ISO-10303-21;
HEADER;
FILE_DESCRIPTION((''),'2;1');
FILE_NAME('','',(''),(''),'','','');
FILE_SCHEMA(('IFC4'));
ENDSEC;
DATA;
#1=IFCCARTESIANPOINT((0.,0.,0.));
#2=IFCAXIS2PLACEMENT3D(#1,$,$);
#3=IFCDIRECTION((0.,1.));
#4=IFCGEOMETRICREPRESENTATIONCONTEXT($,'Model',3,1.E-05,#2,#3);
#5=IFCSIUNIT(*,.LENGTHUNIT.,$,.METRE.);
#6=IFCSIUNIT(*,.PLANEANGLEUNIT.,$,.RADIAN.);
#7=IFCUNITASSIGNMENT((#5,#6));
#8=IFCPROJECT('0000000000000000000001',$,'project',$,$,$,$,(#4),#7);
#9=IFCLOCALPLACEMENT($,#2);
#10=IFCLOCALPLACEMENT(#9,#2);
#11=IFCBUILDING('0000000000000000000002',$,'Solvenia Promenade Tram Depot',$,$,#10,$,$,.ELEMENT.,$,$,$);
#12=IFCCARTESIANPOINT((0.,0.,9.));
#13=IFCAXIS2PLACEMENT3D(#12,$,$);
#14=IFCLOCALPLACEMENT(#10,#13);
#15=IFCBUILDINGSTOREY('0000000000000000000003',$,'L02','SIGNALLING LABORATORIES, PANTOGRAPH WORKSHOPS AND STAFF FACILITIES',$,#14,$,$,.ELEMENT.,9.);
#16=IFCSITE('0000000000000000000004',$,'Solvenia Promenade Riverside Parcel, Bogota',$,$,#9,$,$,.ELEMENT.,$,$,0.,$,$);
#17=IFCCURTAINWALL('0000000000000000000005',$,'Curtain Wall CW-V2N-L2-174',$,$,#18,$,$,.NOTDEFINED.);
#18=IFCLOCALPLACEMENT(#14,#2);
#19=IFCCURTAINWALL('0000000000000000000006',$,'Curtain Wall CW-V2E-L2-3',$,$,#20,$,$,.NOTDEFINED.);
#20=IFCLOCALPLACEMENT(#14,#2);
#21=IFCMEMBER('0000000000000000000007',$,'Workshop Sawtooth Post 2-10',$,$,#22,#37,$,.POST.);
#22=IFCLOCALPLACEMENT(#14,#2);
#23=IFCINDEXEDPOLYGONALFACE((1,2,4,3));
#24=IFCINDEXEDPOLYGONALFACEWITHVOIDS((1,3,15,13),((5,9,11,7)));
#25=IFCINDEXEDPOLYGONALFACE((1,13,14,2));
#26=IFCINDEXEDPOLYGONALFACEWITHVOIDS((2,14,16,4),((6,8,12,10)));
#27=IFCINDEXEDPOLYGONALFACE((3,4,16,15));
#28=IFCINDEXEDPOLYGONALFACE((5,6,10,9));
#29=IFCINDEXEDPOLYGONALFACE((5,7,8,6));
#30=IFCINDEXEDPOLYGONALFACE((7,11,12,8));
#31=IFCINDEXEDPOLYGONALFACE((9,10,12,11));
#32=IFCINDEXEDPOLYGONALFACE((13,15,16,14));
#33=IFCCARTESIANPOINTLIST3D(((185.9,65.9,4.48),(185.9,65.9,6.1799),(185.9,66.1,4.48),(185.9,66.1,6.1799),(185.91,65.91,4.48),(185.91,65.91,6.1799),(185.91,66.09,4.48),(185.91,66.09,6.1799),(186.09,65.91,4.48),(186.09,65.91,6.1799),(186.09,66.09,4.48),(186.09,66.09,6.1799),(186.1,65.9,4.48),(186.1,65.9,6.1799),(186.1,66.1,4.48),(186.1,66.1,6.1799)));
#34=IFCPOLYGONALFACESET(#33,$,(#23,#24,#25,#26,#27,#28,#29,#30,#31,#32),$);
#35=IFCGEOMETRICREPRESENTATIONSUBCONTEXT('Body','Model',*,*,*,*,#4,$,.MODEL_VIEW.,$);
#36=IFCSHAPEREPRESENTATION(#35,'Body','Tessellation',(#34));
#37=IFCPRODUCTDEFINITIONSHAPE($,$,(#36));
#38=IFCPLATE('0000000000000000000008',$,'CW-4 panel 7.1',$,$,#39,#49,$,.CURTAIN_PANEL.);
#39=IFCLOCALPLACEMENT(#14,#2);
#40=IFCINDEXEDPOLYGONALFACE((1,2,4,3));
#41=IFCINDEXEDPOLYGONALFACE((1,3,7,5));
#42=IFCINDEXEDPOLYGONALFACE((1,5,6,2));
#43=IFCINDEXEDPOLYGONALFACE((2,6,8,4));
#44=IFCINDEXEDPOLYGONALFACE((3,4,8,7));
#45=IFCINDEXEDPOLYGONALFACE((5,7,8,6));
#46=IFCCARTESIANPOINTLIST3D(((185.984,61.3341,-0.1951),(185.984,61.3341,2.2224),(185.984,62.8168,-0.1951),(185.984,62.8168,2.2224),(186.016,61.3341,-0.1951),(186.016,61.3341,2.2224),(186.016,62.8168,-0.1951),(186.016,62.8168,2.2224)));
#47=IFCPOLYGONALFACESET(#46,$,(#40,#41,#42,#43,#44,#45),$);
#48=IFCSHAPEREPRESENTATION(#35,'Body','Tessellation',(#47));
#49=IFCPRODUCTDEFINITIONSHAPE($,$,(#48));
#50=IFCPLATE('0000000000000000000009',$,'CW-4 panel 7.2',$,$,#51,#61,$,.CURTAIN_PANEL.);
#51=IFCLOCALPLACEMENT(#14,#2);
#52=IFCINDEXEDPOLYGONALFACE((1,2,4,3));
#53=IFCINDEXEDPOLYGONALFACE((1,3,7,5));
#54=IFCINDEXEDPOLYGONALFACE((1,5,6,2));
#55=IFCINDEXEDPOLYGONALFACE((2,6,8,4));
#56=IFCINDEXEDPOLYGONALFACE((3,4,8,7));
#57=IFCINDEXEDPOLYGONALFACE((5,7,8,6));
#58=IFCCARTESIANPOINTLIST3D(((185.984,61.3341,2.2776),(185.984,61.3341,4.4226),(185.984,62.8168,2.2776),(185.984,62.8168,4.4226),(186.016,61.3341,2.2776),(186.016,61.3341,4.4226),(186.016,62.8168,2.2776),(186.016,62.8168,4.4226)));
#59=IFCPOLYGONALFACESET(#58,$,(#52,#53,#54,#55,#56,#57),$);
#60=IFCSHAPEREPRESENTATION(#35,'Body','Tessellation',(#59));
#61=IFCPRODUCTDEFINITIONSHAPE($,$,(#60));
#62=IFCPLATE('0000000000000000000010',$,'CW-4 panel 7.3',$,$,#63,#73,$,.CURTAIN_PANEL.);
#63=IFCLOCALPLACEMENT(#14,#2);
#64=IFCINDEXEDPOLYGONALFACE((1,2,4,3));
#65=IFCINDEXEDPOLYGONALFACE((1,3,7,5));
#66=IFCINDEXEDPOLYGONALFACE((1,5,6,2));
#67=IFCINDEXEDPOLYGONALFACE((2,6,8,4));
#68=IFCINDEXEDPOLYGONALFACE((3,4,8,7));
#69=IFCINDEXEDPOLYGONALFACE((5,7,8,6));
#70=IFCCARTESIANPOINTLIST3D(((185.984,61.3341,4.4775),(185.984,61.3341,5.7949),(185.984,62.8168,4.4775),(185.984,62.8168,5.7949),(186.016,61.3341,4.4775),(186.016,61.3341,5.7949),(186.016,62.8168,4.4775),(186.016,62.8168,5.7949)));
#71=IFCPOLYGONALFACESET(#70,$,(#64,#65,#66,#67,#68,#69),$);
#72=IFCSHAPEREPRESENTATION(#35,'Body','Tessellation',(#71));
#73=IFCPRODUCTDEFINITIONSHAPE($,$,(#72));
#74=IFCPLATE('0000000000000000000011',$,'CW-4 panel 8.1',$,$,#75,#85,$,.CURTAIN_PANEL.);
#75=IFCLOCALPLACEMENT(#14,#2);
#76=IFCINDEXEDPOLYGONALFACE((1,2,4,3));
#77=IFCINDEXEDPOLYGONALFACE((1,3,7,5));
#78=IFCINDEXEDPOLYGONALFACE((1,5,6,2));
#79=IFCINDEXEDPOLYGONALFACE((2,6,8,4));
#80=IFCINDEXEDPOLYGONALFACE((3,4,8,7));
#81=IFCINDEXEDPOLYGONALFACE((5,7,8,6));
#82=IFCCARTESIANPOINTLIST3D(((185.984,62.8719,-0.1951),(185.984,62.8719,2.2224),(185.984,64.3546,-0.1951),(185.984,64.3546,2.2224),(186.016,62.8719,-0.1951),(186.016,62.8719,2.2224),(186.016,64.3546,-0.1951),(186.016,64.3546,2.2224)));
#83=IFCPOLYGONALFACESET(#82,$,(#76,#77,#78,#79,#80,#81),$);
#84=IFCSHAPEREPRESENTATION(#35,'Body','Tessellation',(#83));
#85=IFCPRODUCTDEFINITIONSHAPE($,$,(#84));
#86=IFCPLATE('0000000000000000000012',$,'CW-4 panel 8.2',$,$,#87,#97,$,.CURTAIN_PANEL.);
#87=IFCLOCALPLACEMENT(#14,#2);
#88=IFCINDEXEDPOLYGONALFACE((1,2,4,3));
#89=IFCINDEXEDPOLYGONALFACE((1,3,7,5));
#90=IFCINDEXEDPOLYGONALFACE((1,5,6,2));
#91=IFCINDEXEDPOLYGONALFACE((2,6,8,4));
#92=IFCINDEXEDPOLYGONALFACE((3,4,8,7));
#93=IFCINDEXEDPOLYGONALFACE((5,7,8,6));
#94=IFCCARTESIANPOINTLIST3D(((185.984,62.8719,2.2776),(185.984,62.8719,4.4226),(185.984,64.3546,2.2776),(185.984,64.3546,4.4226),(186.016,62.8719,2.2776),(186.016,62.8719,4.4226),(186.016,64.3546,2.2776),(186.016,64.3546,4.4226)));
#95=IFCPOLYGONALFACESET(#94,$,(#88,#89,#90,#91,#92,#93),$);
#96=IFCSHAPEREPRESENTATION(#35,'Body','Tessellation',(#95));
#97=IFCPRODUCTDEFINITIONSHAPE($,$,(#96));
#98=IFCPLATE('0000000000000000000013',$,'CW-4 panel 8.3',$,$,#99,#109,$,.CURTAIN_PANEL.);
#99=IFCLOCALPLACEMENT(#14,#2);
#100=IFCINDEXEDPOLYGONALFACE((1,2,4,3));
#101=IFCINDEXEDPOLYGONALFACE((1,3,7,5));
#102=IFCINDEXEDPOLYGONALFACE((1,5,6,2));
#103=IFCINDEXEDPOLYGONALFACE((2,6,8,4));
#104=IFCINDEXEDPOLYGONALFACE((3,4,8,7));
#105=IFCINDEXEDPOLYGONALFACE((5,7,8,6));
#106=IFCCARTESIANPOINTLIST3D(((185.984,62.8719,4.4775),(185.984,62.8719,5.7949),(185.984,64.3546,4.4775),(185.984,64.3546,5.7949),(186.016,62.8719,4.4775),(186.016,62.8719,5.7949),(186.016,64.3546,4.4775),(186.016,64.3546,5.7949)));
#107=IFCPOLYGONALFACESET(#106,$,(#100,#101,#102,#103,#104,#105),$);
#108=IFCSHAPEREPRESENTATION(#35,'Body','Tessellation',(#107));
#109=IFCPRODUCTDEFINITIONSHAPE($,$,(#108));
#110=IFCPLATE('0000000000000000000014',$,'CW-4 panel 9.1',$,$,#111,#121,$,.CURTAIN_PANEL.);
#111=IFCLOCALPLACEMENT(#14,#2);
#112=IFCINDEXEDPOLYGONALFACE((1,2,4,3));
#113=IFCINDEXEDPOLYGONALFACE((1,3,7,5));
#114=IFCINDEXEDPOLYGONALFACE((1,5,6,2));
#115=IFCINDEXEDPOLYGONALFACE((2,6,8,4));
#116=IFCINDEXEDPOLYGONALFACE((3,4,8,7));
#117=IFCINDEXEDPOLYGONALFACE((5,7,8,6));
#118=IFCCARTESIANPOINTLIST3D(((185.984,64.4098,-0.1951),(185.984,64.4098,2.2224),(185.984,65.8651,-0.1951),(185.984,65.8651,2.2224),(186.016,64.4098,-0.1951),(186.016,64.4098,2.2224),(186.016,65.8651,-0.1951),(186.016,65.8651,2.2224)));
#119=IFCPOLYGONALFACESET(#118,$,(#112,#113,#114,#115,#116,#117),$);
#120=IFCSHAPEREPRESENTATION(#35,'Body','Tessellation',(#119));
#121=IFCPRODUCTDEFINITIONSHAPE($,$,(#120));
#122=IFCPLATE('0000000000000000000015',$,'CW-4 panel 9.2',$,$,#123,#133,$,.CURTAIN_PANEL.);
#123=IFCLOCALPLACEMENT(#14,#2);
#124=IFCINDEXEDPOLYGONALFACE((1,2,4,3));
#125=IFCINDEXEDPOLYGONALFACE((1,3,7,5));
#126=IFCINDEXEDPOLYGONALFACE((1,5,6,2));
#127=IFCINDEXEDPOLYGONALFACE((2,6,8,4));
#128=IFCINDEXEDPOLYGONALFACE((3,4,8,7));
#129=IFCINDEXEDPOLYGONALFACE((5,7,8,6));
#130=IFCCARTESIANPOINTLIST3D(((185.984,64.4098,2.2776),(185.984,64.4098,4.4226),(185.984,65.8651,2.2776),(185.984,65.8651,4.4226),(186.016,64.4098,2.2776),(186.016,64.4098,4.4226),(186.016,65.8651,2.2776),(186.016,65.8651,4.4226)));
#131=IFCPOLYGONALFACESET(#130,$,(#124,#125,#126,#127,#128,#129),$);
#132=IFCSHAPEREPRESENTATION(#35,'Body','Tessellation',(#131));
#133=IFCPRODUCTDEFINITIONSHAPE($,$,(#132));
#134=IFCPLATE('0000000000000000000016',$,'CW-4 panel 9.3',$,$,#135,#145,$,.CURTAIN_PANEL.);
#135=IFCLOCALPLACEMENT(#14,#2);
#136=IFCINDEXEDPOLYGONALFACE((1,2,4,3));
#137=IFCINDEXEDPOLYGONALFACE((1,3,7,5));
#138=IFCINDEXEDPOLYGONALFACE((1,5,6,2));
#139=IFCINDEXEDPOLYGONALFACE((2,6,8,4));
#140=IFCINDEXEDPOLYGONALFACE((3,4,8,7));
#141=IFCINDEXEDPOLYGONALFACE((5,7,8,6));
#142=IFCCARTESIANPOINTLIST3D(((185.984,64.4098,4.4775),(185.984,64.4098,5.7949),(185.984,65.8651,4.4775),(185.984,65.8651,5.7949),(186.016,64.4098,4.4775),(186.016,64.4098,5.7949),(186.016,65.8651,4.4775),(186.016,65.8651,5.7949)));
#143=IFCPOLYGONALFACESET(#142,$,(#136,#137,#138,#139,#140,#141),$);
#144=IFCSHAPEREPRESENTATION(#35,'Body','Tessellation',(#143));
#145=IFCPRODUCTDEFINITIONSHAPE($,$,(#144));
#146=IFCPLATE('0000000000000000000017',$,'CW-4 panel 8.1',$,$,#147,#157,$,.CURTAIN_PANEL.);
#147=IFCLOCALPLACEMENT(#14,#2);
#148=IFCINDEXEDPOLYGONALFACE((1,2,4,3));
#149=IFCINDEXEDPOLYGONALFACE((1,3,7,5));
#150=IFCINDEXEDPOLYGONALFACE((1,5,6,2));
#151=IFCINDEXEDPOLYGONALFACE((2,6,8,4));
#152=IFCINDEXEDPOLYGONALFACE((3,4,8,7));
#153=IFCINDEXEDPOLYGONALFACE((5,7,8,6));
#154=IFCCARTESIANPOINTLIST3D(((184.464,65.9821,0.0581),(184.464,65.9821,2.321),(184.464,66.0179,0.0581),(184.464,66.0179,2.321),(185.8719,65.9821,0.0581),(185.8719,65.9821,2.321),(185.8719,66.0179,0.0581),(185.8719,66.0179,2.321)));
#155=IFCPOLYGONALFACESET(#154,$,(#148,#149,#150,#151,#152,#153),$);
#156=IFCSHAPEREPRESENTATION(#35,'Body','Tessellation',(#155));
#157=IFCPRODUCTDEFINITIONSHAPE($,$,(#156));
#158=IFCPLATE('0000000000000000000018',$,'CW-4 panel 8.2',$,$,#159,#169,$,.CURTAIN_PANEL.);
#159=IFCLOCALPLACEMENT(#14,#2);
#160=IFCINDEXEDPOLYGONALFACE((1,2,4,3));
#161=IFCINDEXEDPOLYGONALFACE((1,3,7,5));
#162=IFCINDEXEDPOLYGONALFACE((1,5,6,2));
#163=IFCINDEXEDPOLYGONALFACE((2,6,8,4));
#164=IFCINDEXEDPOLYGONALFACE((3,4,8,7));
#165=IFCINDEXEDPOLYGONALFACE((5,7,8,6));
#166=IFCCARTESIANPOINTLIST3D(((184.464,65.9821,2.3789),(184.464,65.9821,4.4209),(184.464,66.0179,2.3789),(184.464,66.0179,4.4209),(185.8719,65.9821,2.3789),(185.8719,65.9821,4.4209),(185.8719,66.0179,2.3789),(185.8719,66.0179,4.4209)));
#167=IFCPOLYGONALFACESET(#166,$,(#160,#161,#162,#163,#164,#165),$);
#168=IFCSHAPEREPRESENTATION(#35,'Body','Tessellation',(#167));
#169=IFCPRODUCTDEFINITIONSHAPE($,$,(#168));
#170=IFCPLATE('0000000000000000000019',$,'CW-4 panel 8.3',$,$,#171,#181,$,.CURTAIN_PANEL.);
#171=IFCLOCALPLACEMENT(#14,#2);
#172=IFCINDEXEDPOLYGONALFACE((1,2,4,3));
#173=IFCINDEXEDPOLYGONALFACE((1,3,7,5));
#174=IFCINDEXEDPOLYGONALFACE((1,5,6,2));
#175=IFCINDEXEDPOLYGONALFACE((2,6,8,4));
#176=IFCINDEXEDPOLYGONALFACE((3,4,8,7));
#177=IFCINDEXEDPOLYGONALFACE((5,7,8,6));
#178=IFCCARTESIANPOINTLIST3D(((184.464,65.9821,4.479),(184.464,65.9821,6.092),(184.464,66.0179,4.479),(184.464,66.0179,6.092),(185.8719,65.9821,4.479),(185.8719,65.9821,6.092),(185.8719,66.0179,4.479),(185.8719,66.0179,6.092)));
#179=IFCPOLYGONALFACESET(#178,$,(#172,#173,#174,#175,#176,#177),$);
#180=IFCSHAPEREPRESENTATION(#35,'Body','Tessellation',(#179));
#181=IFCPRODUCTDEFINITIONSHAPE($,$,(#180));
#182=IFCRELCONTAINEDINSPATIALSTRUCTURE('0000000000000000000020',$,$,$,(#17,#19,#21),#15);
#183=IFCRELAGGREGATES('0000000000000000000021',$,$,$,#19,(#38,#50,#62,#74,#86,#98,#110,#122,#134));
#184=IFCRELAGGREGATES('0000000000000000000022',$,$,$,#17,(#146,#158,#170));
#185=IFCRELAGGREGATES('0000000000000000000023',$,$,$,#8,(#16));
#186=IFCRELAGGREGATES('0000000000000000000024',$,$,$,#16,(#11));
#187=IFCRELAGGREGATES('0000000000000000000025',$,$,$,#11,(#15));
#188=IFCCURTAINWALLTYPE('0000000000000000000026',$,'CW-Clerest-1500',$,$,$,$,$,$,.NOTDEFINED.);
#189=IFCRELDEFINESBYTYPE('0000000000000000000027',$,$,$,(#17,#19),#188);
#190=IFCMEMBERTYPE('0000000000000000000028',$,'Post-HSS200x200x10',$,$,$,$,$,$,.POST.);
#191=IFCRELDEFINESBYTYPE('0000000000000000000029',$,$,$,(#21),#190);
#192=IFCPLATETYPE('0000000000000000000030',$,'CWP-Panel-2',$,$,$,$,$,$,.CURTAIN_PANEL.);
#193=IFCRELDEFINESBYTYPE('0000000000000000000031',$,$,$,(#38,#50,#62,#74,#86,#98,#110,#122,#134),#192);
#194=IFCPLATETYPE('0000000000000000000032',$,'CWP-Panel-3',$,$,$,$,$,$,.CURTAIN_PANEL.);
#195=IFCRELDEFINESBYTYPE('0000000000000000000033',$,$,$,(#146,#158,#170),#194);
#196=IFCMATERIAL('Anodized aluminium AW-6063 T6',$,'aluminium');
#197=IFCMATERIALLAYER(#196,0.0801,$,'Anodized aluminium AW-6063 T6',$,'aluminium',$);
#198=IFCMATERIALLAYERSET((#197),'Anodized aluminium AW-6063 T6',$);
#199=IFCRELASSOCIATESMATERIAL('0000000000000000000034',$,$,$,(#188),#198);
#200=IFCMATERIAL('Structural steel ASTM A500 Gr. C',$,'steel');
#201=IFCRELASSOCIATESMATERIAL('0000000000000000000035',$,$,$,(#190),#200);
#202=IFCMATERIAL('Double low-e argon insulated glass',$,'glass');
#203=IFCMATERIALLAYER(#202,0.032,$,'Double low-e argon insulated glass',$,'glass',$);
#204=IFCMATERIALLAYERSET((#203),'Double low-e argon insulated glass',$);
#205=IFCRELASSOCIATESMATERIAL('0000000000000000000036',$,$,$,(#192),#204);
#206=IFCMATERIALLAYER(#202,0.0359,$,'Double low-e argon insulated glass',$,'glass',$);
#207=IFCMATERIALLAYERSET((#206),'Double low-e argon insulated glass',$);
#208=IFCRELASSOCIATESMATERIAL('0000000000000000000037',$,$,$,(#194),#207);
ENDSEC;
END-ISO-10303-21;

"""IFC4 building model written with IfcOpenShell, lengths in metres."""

from ifc_helpers import new_model, si_unit, direction, frame, origin, origin_2d, place, context, subcontext, project, spatial, rectangle, hollow_rectangle, extrude, material, layer, layer_set, material_profile, profile_set, type_object, element, aggregate, save


model = new_model("IFC4")

# Units and contexts
model_context = context("Model", 3, precision=1e-05, world=origin(), true_north=direction((0.0, 1.0)))
body_context = subcontext(model_context, "Body", "Model", "MODEL_VIEW")
ifc_project = project(units=[si_unit("LENGTHUNIT", "METRE"), si_unit("PLANEANGLEUNIT", "RADIAN")], contexts=[model_context])

# Site, building, storey
site_placement = place(None, origin())
site = spatial("IfcSite", under=ifc_project, at=site_placement, Name="Solvenia Promenade Riverside Parcel, Bogota", CompositionType="ELEMENT", RefElevation=0.0)
building_placement = place(site_placement, origin())
building = spatial("IfcBuilding", under=site, at=building_placement, Name="Solvenia Promenade Tram Depot", CompositionType="ELEMENT")
storey_placement = place(building_placement, frame((0.0, 0.0, 9.0)))
storey = spatial("IfcBuildingStorey", under=building, at=storey_placement, Name="L02", Description="SIGNALLING LABORATORIES, PANTOGRAPH WORKSHOPS AND STAFF FACILITIES", CompositionType="ELEMENT", Elevation=9.0)

# Curtain walls
ifc_material_1 = material(Name="Anodized aluminium AW-6063 T6", Category="aluminium")
ifc_layer_1 = layer(ifc_material_1, 0.0801, Name="Anodized aluminium AW-6063 T6", Category="aluminium")
ifc_layer_set_1 = layer_set([ifc_layer_1], Name="Anodized aluminium AW-6063 T6")
curtain_wall_type = type_object("IfcCurtainWallType", Name="CW-Clerest-1500", PredefinedType="NOTDEFINED", material=ifc_layer_set_1)
curtain_wall_1_placement = place(storey_placement, origin())
curtain_wall_1 = element("IfcCurtainWall", 1, at=curtain_wall_1_placement, inside=storey, type_object=curtain_wall_type, Name="Curtain Wall CW-V2N-L2-174", PredefinedType="NOTDEFINED")
curtain_wall_2_placement = place(storey_placement, origin())
curtain_wall_2 = element("IfcCurtainWall", 2, at=curtain_wall_2_placement, inside=storey, type_object=curtain_wall_type, Name="Curtain Wall CW-V2E-L2-3", PredefinedType="NOTDEFINED")

# Member
ifc_material_2 = material(Name="Structural steel ASTM A500 Gr. C", Category="steel")
ifc_material_profile_1 = material_profile(ifc_material_2, hollow_rectangle(XDim=0.2, YDim=0.2, WallThickness=0.01, at=origin_2d()), Name="HSS200x200x10", Category="steel")
ifc_profile_set_1 = profile_set([ifc_material_profile_1], Name="Structural steel ASTM A500 Gr. C")
member_type_1 = type_object("IfcMemberType", Name="Post-HSS200x200x10", PredefinedType="POST", material=ifc_profile_set_1)
member_1_placement = place(storey_placement, frame((186.0, 66.0, 4.48), z_axis=(0.0, 0.0, 1.0), x_axis=(1.0, 0.0, 0.0)))
element("IfcMember", 3, at=member_1_placement, inside=storey, type_object=member_type_1, Name="Workshop Sawtooth Post 2-10", PredefinedType="POST", context=body_context, shape_type="SweptSolid", body=[
    extrude(hollow_rectangle(XDim=0.2, YDim=0.2, WallThickness=0.01, at=origin_2d()), origin(), (0.0, 0.0, 1.0), 1.7),
])

# Plates
ifc_material_3 = material(Name="Double low-e argon insulated glass", Category="glass")
ifc_layer_2 = layer(ifc_material_3, 0.032, Name="Double low-e argon insulated glass", Category="glass")
ifc_layer_set_2 = layer_set([ifc_layer_2], Name="Double low-e argon insulated glass")
plate_type_1 = type_object("IfcPlateType", Name="CWP-Panel-2", PredefinedType="CURTAIN_PANEL", material=ifc_layer_set_2)
plate_1_placement = place(storey_placement, frame((186.0, 62.0754, -0.1951), z_axis=(0.0, 0.0, 1.0), x_axis=(0.0, 1.0, 0.0)))
plate_1 = element("IfcPlate", 4, at=plate_1_placement, type_object=plate_type_1, Name="CW-4 panel 7.1", PredefinedType="CURTAIN_PANEL", context=body_context, shape_type="SweptSolid", body=[
    extrude(rectangle(XDim=1.4827, YDim=0.032, at=origin_2d()), origin(), (0.0, 0.0, 1.0), 2.4175),
])
plate_2_placement = place(storey_placement, frame((186.0, 62.0754, 2.2776), z_axis=(0.0, 0.0, 1.0), x_axis=(0.0, 1.0, 0.0)))
plate_2 = element("IfcPlate", 5, at=plate_2_placement, type_object=plate_type_1, Name="CW-4 panel 7.2", PredefinedType="CURTAIN_PANEL", context=body_context, shape_type="SweptSolid", body=[
    extrude(rectangle(XDim=1.4827, YDim=0.032, at=origin_2d()), origin(), (0.0, 0.0, 1.0), 2.145),
])
plate_3_placement = place(storey_placement, frame((186.0, 62.0754, 4.4775), z_axis=(0.0, 0.0, 1.0), x_axis=(0.0, 1.0, 0.0)))
plate_3 = element("IfcPlate", 6, at=plate_3_placement, type_object=plate_type_1, Name="CW-4 panel 7.3", PredefinedType="CURTAIN_PANEL", context=body_context, shape_type="SweptSolid", body=[
    extrude(rectangle(XDim=1.4827, YDim=0.032, at=origin_2d()), origin(), (0.0, 0.0, 1.0), 1.3174),
])
plate_4_placement = place(storey_placement, frame((186.0, 63.6133, -0.1951), z_axis=(0.0, 0.0, 1.0), x_axis=(0.0, 1.0, 0.0)))
plate_4 = element("IfcPlate", 7, at=plate_4_placement, type_object=plate_type_1, Name="CW-4 panel 8.1", PredefinedType="CURTAIN_PANEL", context=body_context, shape_type="SweptSolid", body=[
    extrude(rectangle(XDim=1.4827, YDim=0.032, at=origin_2d()), origin(), (0.0, 0.0, 1.0), 2.4175),
])
plate_5_placement = place(storey_placement, frame((186.0, 63.6133, 2.2776), z_axis=(0.0, 0.0, 1.0), x_axis=(0.0, 1.0, 0.0)))
plate_5 = element("IfcPlate", 8, at=plate_5_placement, type_object=plate_type_1, Name="CW-4 panel 8.2", PredefinedType="CURTAIN_PANEL", context=body_context, shape_type="SweptSolid", body=[
    extrude(rectangle(XDim=1.4827, YDim=0.032, at=origin_2d()), origin(), (0.0, 0.0, 1.0), 2.145),
])
plate_6_placement = place(storey_placement, frame((186.0, 63.6133, 4.4775), z_axis=(0.0, 0.0, 1.0), x_axis=(0.0, 1.0, 0.0)))
plate_6 = element("IfcPlate", 9, at=plate_6_placement, type_object=plate_type_1, Name="CW-4 panel 8.3", PredefinedType="CURTAIN_PANEL", context=body_context, shape_type="SweptSolid", body=[
    extrude(rectangle(XDim=1.4827, YDim=0.032, at=origin_2d()), origin(), (0.0, 0.0, 1.0), 1.3174),
])
plate_7_placement = place(storey_placement, frame((186.0, 65.1375, -0.1951), z_axis=(0.0, 0.0, 1.0), x_axis=(0.0, 1.0, 0.0)))
plate_7 = element("IfcPlate", 10, at=plate_7_placement, type_object=plate_type_1, Name="CW-4 panel 9.1", PredefinedType="CURTAIN_PANEL", context=body_context, shape_type="SweptSolid", body=[
    extrude(rectangle(XDim=1.4553, YDim=0.032, at=origin_2d()), origin(), (0.0, 0.0, 1.0), 2.4175),
])
plate_8_placement = place(storey_placement, frame((186.0, 65.1375, 2.2776), z_axis=(0.0, 0.0, 1.0), x_axis=(0.0, 1.0, 0.0)))
plate_8 = element("IfcPlate", 11, at=plate_8_placement, type_object=plate_type_1, Name="CW-4 panel 9.2", PredefinedType="CURTAIN_PANEL", context=body_context, shape_type="SweptSolid", body=[
    extrude(rectangle(XDim=1.4553, YDim=0.032, at=origin_2d()), origin(), (0.0, 0.0, 1.0), 2.145),
])
plate_9_placement = place(storey_placement, frame((186.0, 65.1375, 4.4775), z_axis=(0.0, 0.0, 1.0), x_axis=(0.0, 1.0, 0.0)))
plate_9 = element("IfcPlate", 12, at=plate_9_placement, type_object=plate_type_1, Name="CW-4 panel 9.3", PredefinedType="CURTAIN_PANEL", context=body_context, shape_type="SweptSolid", body=[
    extrude(rectangle(XDim=1.4553, YDim=0.032, at=origin_2d()), origin(), (0.0, 0.0, 1.0), 1.3174),
])
aggregate(curtain_wall_2, [plate_1, plate_2, plate_3, plate_4, plate_5, plate_6, plate_7, plate_8, plate_9])
ifc_layer_3 = layer(ifc_material_3, 0.0359, Name="Double low-e argon insulated glass", Category="glass")
ifc_layer_set_3 = layer_set([ifc_layer_3], Name="Double low-e argon insulated glass")
plate_type_2 = type_object("IfcPlateType", Name="CWP-Panel-3", PredefinedType="CURTAIN_PANEL", material=ifc_layer_set_3)
plate_10_placement = place(storey_placement, frame((185.168, 66.0, 0.0581), z_axis=(0.0, 0.0, 1.0), x_axis=(1.0, 0.0, 0.0)))
plate_10 = element("IfcPlate", 13, at=plate_10_placement, type_object=plate_type_2, Name="CW-4 panel 8.1", PredefinedType="CURTAIN_PANEL", context=body_context, shape_type="SweptSolid", body=[
    extrude(rectangle(XDim=1.408, YDim=0.0359, at=origin_2d()), origin(), (0.0, 0.0, 1.0), 2.2629),
])
plate_11_placement = place(storey_placement, frame((185.168, 66.0, 2.3789), z_axis=(0.0, 0.0, 1.0), x_axis=(1.0, 0.0, 0.0)))
plate_11 = element("IfcPlate", 14, at=plate_11_placement, type_object=plate_type_2, Name="CW-4 panel 8.2", PredefinedType="CURTAIN_PANEL", context=body_context, shape_type="SweptSolid", body=[
    extrude(rectangle(XDim=1.408, YDim=0.0359, at=origin_2d()), origin(), (0.0, 0.0, 1.0), 2.042),
])
plate_12_placement = place(storey_placement, frame((185.168, 66.0, 4.479), z_axis=(0.0, 0.0, 1.0), x_axis=(1.0, 0.0, 0.0)))
plate_12 = element("IfcPlate", 15, at=plate_12_placement, type_object=plate_type_2, Name="CW-4 panel 8.3", PredefinedType="CURTAIN_PANEL", context=body_context, shape_type="SweptSolid", body=[
    extrude(rectangle(XDim=1.408, YDim=0.0359, at=origin_2d()), origin(), (0.0, 0.0, 1.0), 1.613),
])
aggregate(curtain_wall_1, [plate_10, plate_11, plate_12])

save(model, "model.ifc")
